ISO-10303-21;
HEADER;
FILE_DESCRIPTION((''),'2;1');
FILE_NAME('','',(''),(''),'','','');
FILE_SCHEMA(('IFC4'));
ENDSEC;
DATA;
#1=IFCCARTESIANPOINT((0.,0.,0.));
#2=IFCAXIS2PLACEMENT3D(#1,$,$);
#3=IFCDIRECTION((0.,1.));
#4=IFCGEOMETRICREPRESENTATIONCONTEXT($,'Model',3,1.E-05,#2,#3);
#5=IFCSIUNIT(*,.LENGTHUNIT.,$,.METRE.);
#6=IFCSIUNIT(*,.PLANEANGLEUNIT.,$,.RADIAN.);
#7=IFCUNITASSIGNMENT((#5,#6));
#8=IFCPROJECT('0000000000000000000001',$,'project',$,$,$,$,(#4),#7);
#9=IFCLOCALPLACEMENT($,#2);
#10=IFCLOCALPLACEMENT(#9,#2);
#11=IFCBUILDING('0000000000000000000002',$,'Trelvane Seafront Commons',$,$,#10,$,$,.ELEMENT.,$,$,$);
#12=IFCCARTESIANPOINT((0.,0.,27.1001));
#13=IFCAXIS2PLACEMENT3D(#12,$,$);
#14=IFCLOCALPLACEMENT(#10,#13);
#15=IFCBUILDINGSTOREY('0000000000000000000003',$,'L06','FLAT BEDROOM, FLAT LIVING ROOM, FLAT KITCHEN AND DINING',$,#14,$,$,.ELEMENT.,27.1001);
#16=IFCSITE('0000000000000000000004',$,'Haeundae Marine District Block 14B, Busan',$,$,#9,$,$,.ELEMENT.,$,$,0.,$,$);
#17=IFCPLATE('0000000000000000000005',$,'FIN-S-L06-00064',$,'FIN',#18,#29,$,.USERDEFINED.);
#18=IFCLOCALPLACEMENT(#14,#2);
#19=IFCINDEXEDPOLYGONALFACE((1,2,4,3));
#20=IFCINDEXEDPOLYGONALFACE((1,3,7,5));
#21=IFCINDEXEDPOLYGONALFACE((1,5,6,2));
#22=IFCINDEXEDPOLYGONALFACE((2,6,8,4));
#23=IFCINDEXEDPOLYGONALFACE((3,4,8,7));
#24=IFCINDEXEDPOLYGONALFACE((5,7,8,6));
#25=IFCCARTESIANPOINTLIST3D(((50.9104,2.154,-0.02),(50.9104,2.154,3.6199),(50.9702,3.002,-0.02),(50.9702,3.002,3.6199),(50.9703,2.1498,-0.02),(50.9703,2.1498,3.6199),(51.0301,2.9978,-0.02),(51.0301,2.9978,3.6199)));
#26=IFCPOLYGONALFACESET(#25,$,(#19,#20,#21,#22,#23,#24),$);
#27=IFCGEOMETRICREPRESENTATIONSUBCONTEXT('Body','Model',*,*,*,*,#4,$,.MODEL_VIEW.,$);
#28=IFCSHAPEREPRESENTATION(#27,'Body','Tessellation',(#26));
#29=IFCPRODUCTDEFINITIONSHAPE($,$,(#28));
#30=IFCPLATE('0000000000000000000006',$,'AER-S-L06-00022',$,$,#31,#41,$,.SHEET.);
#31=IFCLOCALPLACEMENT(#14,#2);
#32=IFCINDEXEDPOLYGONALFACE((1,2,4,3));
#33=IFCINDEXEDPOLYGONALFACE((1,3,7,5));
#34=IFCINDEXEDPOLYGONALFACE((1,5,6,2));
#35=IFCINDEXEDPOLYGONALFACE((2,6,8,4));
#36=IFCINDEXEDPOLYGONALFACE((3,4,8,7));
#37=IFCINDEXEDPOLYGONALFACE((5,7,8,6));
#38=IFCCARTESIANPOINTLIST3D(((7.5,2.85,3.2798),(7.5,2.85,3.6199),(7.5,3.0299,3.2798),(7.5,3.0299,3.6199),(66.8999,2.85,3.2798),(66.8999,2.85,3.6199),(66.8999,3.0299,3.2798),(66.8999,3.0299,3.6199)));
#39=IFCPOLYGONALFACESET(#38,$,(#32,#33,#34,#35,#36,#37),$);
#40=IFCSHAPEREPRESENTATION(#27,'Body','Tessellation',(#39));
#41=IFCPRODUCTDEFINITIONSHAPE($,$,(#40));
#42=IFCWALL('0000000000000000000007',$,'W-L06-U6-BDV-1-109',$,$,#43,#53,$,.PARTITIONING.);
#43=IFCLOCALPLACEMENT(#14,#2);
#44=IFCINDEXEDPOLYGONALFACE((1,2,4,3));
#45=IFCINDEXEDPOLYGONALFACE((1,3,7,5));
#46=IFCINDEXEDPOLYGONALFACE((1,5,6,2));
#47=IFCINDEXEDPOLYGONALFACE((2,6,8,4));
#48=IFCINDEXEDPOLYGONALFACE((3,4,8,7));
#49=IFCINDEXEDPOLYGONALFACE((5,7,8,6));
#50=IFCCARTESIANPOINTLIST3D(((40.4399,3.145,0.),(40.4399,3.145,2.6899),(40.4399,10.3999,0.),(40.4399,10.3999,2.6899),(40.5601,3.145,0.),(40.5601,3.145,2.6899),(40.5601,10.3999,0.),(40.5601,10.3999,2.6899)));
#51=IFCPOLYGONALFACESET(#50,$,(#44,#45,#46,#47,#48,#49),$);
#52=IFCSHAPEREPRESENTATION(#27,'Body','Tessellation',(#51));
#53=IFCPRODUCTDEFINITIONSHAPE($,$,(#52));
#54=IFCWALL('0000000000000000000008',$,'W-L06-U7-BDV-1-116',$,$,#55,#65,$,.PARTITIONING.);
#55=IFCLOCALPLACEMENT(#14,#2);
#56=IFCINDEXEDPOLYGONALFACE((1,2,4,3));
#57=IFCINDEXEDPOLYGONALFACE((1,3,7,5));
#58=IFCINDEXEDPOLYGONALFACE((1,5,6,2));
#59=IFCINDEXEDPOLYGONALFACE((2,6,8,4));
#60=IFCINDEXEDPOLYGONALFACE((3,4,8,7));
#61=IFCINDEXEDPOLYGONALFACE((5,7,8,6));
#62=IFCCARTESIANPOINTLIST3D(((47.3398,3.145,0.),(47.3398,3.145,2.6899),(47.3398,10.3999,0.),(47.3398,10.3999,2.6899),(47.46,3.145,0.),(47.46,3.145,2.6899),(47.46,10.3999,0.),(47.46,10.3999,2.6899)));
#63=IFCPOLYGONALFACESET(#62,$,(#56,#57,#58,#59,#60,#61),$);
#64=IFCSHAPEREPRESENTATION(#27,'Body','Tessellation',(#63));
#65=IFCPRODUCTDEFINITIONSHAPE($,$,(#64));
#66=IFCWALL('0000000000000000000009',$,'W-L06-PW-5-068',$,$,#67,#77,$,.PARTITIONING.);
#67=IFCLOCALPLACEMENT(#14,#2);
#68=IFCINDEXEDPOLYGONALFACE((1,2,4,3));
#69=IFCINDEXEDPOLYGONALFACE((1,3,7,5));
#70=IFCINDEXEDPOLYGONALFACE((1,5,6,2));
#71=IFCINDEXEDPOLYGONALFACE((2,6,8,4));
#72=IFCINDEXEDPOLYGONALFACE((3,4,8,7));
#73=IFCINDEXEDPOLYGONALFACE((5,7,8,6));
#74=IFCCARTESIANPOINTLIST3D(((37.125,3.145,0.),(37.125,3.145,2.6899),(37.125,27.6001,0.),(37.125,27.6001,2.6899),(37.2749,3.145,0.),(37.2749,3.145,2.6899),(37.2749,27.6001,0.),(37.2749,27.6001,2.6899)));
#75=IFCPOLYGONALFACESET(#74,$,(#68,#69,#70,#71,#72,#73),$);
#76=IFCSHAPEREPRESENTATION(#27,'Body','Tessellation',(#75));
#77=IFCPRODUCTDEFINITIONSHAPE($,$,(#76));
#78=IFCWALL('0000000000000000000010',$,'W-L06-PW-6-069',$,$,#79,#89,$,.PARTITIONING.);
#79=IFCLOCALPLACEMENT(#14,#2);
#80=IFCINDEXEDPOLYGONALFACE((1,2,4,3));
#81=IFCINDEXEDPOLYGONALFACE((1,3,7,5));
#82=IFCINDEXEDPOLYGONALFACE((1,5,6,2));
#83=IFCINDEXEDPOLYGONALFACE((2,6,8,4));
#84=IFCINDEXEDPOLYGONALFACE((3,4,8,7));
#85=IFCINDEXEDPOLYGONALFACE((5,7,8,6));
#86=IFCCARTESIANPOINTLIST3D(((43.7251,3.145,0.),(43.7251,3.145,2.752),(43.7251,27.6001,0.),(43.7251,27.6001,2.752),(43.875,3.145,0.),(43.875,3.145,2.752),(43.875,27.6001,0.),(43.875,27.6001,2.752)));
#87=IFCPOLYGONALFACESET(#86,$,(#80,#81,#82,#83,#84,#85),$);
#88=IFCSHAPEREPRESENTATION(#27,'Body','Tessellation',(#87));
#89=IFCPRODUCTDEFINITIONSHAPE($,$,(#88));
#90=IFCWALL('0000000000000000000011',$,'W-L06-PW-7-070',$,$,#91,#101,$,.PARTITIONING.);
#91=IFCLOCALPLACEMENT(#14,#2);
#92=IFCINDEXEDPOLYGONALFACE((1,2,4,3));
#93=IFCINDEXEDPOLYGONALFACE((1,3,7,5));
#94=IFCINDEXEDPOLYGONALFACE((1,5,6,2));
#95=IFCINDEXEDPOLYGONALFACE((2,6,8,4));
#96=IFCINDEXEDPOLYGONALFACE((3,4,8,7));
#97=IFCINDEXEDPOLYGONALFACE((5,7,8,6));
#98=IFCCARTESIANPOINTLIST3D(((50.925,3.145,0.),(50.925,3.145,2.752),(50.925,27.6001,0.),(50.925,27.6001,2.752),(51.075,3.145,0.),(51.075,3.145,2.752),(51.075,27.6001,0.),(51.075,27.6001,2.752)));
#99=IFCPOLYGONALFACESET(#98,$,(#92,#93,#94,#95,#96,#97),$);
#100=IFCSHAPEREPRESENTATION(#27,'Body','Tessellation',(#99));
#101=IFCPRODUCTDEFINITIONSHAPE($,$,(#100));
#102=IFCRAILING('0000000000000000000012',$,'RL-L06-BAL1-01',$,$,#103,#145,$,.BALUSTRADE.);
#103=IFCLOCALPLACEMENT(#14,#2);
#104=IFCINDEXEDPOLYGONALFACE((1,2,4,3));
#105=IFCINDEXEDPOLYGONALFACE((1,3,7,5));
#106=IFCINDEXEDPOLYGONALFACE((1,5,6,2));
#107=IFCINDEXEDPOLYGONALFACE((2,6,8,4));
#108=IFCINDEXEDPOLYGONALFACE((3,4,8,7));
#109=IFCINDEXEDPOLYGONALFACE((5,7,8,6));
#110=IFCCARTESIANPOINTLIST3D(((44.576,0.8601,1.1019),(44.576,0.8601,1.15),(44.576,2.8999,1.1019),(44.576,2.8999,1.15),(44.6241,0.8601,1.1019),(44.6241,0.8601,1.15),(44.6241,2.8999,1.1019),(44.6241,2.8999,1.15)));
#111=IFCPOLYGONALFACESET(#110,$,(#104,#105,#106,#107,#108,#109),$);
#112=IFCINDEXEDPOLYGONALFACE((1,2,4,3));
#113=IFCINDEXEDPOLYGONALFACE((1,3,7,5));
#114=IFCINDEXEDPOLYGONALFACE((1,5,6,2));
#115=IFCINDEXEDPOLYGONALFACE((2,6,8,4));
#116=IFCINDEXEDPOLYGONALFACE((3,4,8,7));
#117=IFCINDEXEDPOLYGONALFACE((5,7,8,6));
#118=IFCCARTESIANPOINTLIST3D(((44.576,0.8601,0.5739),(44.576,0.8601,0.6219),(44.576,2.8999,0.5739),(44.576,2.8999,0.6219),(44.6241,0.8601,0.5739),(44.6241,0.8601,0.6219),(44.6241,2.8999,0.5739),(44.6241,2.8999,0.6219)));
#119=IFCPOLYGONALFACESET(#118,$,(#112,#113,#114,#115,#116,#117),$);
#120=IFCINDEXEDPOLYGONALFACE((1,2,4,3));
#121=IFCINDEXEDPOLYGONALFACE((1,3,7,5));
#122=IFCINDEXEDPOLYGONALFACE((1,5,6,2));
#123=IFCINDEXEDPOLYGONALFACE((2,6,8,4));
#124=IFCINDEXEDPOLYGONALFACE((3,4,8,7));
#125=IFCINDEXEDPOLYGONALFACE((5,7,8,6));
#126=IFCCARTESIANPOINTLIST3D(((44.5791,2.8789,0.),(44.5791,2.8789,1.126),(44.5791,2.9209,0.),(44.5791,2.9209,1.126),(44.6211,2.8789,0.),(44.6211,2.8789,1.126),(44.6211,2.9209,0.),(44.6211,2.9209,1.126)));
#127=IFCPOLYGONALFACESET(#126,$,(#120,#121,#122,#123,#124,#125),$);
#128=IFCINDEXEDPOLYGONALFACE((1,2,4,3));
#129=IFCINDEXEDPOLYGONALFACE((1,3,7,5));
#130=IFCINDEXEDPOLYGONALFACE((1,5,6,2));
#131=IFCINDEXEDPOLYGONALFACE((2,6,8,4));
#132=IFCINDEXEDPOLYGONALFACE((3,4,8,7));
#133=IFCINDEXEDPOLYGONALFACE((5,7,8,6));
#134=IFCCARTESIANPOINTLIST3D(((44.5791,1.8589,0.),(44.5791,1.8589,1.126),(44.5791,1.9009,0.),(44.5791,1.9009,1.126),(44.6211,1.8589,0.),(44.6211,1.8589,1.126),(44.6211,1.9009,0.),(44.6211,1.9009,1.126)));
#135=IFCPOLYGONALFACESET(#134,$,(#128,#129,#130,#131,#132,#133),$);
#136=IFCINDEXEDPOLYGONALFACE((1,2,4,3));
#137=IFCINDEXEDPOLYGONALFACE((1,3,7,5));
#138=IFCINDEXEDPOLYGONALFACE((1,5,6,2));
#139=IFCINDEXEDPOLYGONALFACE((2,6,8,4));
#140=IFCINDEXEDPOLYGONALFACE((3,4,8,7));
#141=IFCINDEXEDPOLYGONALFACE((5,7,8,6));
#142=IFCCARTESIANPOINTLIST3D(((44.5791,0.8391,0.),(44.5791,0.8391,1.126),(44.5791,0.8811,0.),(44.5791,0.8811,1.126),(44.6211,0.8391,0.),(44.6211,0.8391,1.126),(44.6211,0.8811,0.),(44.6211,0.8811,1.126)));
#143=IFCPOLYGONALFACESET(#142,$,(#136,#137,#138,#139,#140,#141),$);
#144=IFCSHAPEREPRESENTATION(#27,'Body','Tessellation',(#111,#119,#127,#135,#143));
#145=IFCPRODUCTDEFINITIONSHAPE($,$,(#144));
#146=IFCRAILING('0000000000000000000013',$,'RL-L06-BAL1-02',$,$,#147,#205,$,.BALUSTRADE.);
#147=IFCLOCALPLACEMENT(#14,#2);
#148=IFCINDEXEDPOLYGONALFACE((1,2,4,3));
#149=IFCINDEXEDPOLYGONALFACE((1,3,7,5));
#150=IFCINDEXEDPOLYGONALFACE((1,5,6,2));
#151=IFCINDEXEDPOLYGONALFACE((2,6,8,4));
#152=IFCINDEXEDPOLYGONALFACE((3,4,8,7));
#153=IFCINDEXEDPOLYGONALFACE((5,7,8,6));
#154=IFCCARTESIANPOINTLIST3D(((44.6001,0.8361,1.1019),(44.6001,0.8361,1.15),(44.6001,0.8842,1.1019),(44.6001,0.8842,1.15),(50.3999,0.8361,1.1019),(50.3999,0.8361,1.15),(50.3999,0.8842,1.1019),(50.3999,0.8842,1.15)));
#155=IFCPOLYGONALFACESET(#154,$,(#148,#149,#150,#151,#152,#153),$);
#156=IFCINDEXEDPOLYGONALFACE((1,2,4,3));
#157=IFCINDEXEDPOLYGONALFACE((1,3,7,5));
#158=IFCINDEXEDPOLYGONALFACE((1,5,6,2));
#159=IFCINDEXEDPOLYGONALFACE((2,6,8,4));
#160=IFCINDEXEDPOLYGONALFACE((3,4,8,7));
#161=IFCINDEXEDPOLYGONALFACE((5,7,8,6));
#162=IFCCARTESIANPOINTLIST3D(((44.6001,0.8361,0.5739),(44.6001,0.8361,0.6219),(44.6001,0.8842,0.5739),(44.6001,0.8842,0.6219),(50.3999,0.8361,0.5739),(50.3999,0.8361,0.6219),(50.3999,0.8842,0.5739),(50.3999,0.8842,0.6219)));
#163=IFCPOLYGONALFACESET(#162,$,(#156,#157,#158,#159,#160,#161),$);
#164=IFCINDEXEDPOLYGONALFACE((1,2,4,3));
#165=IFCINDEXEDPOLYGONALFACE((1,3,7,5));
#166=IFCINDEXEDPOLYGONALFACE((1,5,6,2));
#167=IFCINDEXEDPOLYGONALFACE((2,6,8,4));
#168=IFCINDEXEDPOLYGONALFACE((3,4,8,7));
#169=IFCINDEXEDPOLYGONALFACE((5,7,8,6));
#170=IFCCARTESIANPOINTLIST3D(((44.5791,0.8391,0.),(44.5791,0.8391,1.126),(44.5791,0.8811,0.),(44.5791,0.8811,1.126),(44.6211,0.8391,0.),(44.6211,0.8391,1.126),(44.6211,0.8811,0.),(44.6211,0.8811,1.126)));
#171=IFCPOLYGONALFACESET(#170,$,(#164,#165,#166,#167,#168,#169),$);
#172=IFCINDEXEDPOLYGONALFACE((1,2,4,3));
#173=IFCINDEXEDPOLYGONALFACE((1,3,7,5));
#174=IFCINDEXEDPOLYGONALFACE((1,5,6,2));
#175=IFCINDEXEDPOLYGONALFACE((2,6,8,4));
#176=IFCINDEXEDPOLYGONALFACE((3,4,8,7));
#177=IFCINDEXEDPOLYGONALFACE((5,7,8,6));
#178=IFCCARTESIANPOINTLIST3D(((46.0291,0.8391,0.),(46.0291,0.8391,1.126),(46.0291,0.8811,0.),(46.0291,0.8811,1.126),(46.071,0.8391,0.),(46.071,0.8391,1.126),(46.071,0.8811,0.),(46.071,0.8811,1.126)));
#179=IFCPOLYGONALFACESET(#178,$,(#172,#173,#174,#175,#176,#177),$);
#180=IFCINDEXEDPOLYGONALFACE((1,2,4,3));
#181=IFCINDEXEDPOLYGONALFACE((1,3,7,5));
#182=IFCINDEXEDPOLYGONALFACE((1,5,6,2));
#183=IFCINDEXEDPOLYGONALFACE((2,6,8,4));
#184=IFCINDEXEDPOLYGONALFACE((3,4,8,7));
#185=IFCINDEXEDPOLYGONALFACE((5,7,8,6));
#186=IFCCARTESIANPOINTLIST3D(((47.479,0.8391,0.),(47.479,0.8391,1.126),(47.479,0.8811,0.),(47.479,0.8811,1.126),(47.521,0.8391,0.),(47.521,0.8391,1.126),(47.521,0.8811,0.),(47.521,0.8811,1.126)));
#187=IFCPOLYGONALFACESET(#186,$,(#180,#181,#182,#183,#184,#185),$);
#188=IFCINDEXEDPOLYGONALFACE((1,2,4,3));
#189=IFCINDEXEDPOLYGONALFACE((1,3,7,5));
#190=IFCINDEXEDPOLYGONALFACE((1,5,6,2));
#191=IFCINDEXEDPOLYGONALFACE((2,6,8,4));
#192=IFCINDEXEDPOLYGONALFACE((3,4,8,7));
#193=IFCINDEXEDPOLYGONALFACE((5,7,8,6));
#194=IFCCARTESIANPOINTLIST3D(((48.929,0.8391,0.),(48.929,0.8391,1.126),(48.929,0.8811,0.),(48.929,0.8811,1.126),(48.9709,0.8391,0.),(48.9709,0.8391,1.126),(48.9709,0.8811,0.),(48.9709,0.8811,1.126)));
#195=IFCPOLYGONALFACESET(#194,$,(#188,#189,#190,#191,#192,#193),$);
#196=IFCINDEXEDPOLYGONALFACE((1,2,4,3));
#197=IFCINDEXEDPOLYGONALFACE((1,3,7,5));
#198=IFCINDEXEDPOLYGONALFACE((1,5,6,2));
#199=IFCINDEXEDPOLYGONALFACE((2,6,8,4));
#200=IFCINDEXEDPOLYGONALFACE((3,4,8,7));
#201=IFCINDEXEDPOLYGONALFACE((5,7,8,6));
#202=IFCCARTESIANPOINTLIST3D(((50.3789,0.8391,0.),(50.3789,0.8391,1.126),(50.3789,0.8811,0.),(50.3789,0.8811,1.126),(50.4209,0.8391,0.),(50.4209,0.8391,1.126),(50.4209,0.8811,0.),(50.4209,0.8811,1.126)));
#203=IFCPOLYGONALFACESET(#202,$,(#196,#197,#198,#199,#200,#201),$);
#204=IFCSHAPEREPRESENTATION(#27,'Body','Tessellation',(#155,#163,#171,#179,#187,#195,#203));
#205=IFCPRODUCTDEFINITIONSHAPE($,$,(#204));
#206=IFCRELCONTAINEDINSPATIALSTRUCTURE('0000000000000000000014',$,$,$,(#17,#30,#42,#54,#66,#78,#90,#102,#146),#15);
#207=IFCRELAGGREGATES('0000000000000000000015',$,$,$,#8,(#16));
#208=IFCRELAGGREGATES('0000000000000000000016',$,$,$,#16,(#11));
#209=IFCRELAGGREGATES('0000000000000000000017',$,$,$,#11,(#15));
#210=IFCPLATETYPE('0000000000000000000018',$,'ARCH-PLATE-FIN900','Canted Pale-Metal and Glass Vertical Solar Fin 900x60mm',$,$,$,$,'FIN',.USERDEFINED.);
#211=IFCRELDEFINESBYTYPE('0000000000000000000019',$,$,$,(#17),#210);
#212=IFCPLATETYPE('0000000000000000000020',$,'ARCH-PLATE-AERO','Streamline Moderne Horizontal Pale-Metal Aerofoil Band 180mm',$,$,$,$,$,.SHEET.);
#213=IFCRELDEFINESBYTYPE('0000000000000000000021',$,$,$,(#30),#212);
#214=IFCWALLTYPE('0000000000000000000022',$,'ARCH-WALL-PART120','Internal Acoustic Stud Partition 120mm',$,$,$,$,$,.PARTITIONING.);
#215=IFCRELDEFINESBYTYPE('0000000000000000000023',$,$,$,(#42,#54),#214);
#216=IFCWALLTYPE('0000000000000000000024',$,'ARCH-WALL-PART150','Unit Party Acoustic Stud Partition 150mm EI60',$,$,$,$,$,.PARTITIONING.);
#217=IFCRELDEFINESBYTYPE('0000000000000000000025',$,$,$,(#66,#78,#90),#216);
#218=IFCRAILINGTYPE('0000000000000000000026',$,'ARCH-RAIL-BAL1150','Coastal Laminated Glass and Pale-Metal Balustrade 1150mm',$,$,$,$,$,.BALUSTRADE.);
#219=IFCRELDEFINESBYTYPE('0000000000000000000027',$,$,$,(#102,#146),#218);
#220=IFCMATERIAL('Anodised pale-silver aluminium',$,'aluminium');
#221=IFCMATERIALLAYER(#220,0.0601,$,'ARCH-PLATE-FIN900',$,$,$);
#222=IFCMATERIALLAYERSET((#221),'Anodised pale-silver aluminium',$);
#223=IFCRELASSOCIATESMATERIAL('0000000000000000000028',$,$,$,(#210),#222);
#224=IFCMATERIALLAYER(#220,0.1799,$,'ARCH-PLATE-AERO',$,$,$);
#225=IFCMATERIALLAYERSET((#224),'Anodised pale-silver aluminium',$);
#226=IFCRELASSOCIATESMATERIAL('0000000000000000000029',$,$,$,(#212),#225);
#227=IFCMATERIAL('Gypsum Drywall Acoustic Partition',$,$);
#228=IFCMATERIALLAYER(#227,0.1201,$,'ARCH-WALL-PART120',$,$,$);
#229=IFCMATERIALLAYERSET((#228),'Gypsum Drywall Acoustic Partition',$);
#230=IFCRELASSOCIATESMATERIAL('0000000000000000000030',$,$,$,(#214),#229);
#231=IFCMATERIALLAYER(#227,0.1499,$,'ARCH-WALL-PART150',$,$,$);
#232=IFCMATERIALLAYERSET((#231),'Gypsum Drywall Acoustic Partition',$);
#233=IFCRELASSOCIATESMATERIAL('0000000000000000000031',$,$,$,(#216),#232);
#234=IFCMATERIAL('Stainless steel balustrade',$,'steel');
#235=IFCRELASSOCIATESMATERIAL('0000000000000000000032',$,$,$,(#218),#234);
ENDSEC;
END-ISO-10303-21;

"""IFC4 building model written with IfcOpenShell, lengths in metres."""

from ifc_helpers import new_model, si_unit, direction, frame, frame_2d, origin, origin_2d, place, context, subcontext, project, spatial, rectangle, extrude, source, transform, mapped, material, layer, layer_set, type_object, element, save


model = new_model("IFC4")

# Units and contexts
model_context = context("Model", 3, precision=1e-05, world=origin(), true_north=direction((0.0, 1.0)))
body_context = subcontext(model_context, "Body", "Model", "MODEL_VIEW")
ifc_project = project(units=[si_unit("LENGTHUNIT", "METRE"), si_unit("PLANEANGLEUNIT", "RADIAN")], contexts=[model_context])

# Site, building, storey
site_placement = place(None, origin())
site = spatial("IfcSite", under=ifc_project, at=site_placement, Name="Haeundae Marine District Block 14B, Busan", CompositionType="ELEMENT", RefElevation=0.0)
building_placement = place(site_placement, origin())
building = spatial("IfcBuilding", under=site, at=building_placement, Name="Trelvane Seafront Commons", CompositionType="ELEMENT")
storey_placement = place(building_placement, frame((0.0, 0.0, 27.1001)))
storey = spatial("IfcBuildingStorey", under=building, at=storey_placement, Name="L06", Description="FLAT BEDROOM, FLAT LIVING ROOM, FLAT KITCHEN AND DINING", CompositionType="ELEMENT", Elevation=27.1001)

# Plates
ifc_material_1 = material(Name="Anodised pale-silver aluminium", Category="aluminium")
ifc_layer_1 = layer(ifc_material_1, 0.0601, Name="ARCH-PLATE-FIN900")
ifc_layer_set_1 = layer_set([ifc_layer_1], Name="Anodised pale-silver aluminium")
plate_type_1 = type_object("IfcPlateType", Name="ARCH-PLATE-FIN900", Description="Canted Pale-Metal and Glass Vertical Solar Fin 900x60mm", ElementType="FIN", PredefinedType="USERDEFINED", material=ifc_layer_set_1)
shared_shape_1 = source(origin(), body_context, "Body", "SweptSolid", [
    extrude(rectangle(XDim=0.8501, YDim=0.0601, at=origin_2d()), origin(), (0.0, 0.0, 1.0), 3.6399),
])
for number, where, z_axis, x_axis, name in (
    (1, (50.9702, 2.5759, -0.02), (0.0, 0.0, 1.0), (-0.070352, -0.997522, 0.0), "FIN-S-L06-00064"),
):
    element("IfcPlate", number, at=place(storey_placement, frame(where, z_axis=z_axis, x_axis=x_axis)), inside=storey, type_object=plate_type_1, Name=name, ObjectType="FIN", PredefinedType="USERDEFINED", context=body_context, shape_type="MappedRepresentation", body=[
        mapped(shared_shape_1, transform((0.0, 0.0, 0.0), x_axis=(1.0, 0.0, 0.0), y_axis=(0.0, 1.0, 0.0), z_axis=(0.0, 0.0, 1.0), scale=1.0)),
    ])
ifc_layer_2 = layer(ifc_material_1, 0.1799, Name="ARCH-PLATE-AERO")
ifc_layer_set_2 = layer_set([ifc_layer_2], Name="Anodised pale-silver aluminium")
plate_type_2 = type_object("IfcPlateType", Name="ARCH-PLATE-AERO", Description="Streamline Moderne Horizontal Pale-Metal Aerofoil Band 180mm", PredefinedType="SHEET", material=ifc_layer_set_2)
shared_shape_2 = source(origin(), body_context, "Body", "SweptSolid", [
    extrude(rectangle(XDim=59.3999, YDim=0.1799, at=origin_2d()), origin(), (0.0, 0.0, 1.0), 0.3401),
])
plate_1_placement = place(storey_placement, frame((37.2, 2.9399, 3.2798), z_axis=(0.0, 0.0, 1.0), x_axis=(-1.0, 0.0, 0.0)))
element("IfcPlate", 2, at=plate_1_placement, inside=storey, type_object=plate_type_2, Name="AER-S-L06-00022", PredefinedType="SHEET", context=body_context, shape_type="MappedRepresentation", body=[
    mapped(shared_shape_2, transform((0.0, 0.0, 0.0), x_axis=(1.0, 0.0, 0.0), y_axis=(0.0, 1.0, 0.0), z_axis=(0.0, 0.0, 1.0), scale=1.0)),
])

# Shared definitions
ifc_material_2 = material(Name="Gypsum Drywall Acoustic Partition")
ifc_layer_3 = layer(ifc_material_2, 0.1201, Name="ARCH-WALL-PART120")
ifc_layer_set_3 = layer_set([ifc_layer_3], Name="Gypsum Drywall Acoustic Partition")
wall_type_1 = type_object("IfcWallType", Name="ARCH-WALL-PART120", Description="Internal Acoustic Stud Partition 120mm", PredefinedType="PARTITIONING", material=ifc_layer_set_3)

# Wall
wall_1_placement = place(storey_placement, frame((40.5, 3.145, 0.0), z_axis=(0.0, 0.0, 1.0), x_axis=(0.0, 1.0, 0.0)))
element("IfcWall", 3, at=wall_1_placement, inside=storey, type_object=wall_type_1, Name="W-L06-U6-BDV-1-109", PredefinedType="PARTITIONING", context=body_context, shape_type="SweptSolid", body=[
    extrude(rectangle(XDim=7.2549, YDim=0.1201, at=frame_2d((3.6274, 0.0))), origin(), (0.0, 0.0, 1.0), 2.6899),
])

# Wall
wall_2_placement = place(storey_placement, frame((47.3999, 3.145, 0.0), z_axis=(0.0, 0.0, 1.0), x_axis=(0.0, 1.0, 0.0)))
element("IfcWall", 4, at=wall_2_placement, inside=storey, type_object=wall_type_1, Name="W-L06-U7-BDV-1-116", PredefinedType="PARTITIONING", context=body_context, shape_type="SweptSolid", body=[
    extrude(rectangle(XDim=7.2549, YDim=0.1201, at=frame_2d((3.6274, 0.0))), origin(), (0.0, 0.0, 1.0), 2.6899),
])

# Walls
ifc_layer_4 = layer(ifc_material_2, 0.1499, Name="ARCH-WALL-PART150")
ifc_layer_set_4 = layer_set([ifc_layer_4], Name="Gypsum Drywall Acoustic Partition")
wall_type_2 = type_object("IfcWallType", Name="ARCH-WALL-PART150", Description="Unit Party Acoustic Stud Partition 150mm EI60", PredefinedType="PARTITIONING", material=ifc_layer_set_4)
wall_3_placement = place(storey_placement, frame((37.2, 3.145, 0.0), z_axis=(0.0, 0.0, 1.0), x_axis=(0.0, 1.0, 0.0)))
element("IfcWall", 5, at=wall_3_placement, inside=storey, type_object=wall_type_2, Name="W-L06-PW-5-068", PredefinedType="PARTITIONING", context=body_context, shape_type="SweptSolid", body=[
    extrude(rectangle(XDim=24.4551, YDim=0.1499, at=frame_2d((12.2275, 0.0))), origin(), (0.0, 0.0, 1.0), 2.6899),
])
for number, where, z_axis, x_axis, name in (
    (6, (43.8, 3.145, 0.0), (0.0, 0.0, 1.0), (0.0, 1.0, 0.0), "W-L06-PW-6-069"),
    (7, (51.0, 3.145, 0.0), (0.0, 0.0, 1.0), (0.0, 1.0, 0.0), "W-L06-PW-7-070"),
):
    element("IfcWall", number, at=place(storey_placement, frame(where, z_axis=z_axis, x_axis=x_axis)), inside=storey, type_object=wall_type_2, Name=name, PredefinedType="PARTITIONING", context=body_context, shape_type="SweptSolid", body=[
        extrude(rectangle(XDim=24.4551, YDim=0.1499, at=frame_2d((12.2275, 0.0))), origin(), (0.0, 0.0, 1.0), 2.752),
    ])

# Railings
ifc_material_3 = material(Name="Stainless steel balustrade", Category="steel")
railing_type = type_object("IfcRailingType", Name="ARCH-RAIL-BAL1150", Description="Coastal Laminated Glass and Pale-Metal Balustrade 1150mm", PredefinedType="BALUSTRADE", material=ifc_material_3)
railing_1_placement = place(storey_placement, frame((44.6001, 2.8999, 0.0)))
element("IfcRailing", 8, at=railing_1_placement, inside=storey, type_object=railing_type, Name="RL-L06-BAL1-01", PredefinedType="BALUSTRADE", context=body_context, shape_type="SweptSolid", body=[
    extrude(rectangle(XDim=0.0481, YDim=0.0481, at=origin_2d()), frame((0.0, 0.0, 1.126), z_axis=(0.0, -1.0, 0.0), x_axis=(1.0, 0.0, 0.0)), (0.0, 0.0, 1.0), 2.0398),
    extrude(rectangle(XDim=0.0481, YDim=0.0481, at=origin_2d()), frame((0.0, 0.0, 0.5979), z_axis=(0.0, -1.0, 0.0), x_axis=(1.0, 0.0, 0.0)), (0.0, 0.0, 1.0), 2.0398),
    extrude(rectangle(XDim=0.042, YDim=0.042, at=origin_2d()), origin(), (0.0, 0.0, 1.0), 1.126),
    extrude(rectangle(XDim=0.042, YDim=0.042, at=origin_2d()), frame((0.0, -1.02, 0.0)), (0.0, 0.0, 1.0), 1.126),
    extrude(rectangle(XDim=0.042, YDim=0.042, at=origin_2d()), frame((0.0, -2.0398, 0.0)), (0.0, 0.0, 1.0), 1.126),
])
railing_2_placement = place(storey_placement, frame((44.6001, 0.8601, 0.0)))
element("IfcRailing", 9, at=railing_2_placement, inside=storey, type_object=railing_type, Name="RL-L06-BAL1-02", PredefinedType="BALUSTRADE", context=body_context, shape_type="SweptSolid", body=[
    extrude(rectangle(XDim=0.0481, YDim=0.0481, at=origin_2d()), frame((0.0, 0.0, 1.126), z_axis=(1.0, 0.0, 0.0), x_axis=(0.0, 1.0, 0.0)), (0.0, 0.0, 1.0), 5.7998),
    extrude(rectangle(XDim=0.0481, YDim=0.0481, at=origin_2d()), frame((0.0, 0.0, 0.5979), z_axis=(1.0, 0.0, 0.0), x_axis=(0.0, 1.0, 0.0)), (0.0, 0.0, 1.0), 5.7998),
    extrude(rectangle(XDim=0.042, YDim=0.042, at=origin_2d()), origin(), (0.0, 0.0, 1.0), 1.126),
    extrude(rectangle(XDim=0.042, YDim=0.042, at=origin_2d()), frame((1.45, 0.0, 0.0)), (0.0, 0.0, 1.0), 1.126),
    extrude(rectangle(XDim=0.042, YDim=0.042, at=origin_2d()), frame((2.8999, 0.0, 0.0)), (0.0, 0.0, 1.0), 1.126),
    extrude(rectangle(XDim=0.042, YDim=0.042, at=origin_2d()), frame((4.3499, 0.0, 0.0)), (0.0, 0.0, 1.0), 1.126),
    extrude(rectangle(XDim=0.042, YDim=0.042, at=origin_2d()), frame((5.7998, 0.0, 0.0)), (0.0, 0.0, 1.0), 1.126),
])

save(model, "model.ifc")
